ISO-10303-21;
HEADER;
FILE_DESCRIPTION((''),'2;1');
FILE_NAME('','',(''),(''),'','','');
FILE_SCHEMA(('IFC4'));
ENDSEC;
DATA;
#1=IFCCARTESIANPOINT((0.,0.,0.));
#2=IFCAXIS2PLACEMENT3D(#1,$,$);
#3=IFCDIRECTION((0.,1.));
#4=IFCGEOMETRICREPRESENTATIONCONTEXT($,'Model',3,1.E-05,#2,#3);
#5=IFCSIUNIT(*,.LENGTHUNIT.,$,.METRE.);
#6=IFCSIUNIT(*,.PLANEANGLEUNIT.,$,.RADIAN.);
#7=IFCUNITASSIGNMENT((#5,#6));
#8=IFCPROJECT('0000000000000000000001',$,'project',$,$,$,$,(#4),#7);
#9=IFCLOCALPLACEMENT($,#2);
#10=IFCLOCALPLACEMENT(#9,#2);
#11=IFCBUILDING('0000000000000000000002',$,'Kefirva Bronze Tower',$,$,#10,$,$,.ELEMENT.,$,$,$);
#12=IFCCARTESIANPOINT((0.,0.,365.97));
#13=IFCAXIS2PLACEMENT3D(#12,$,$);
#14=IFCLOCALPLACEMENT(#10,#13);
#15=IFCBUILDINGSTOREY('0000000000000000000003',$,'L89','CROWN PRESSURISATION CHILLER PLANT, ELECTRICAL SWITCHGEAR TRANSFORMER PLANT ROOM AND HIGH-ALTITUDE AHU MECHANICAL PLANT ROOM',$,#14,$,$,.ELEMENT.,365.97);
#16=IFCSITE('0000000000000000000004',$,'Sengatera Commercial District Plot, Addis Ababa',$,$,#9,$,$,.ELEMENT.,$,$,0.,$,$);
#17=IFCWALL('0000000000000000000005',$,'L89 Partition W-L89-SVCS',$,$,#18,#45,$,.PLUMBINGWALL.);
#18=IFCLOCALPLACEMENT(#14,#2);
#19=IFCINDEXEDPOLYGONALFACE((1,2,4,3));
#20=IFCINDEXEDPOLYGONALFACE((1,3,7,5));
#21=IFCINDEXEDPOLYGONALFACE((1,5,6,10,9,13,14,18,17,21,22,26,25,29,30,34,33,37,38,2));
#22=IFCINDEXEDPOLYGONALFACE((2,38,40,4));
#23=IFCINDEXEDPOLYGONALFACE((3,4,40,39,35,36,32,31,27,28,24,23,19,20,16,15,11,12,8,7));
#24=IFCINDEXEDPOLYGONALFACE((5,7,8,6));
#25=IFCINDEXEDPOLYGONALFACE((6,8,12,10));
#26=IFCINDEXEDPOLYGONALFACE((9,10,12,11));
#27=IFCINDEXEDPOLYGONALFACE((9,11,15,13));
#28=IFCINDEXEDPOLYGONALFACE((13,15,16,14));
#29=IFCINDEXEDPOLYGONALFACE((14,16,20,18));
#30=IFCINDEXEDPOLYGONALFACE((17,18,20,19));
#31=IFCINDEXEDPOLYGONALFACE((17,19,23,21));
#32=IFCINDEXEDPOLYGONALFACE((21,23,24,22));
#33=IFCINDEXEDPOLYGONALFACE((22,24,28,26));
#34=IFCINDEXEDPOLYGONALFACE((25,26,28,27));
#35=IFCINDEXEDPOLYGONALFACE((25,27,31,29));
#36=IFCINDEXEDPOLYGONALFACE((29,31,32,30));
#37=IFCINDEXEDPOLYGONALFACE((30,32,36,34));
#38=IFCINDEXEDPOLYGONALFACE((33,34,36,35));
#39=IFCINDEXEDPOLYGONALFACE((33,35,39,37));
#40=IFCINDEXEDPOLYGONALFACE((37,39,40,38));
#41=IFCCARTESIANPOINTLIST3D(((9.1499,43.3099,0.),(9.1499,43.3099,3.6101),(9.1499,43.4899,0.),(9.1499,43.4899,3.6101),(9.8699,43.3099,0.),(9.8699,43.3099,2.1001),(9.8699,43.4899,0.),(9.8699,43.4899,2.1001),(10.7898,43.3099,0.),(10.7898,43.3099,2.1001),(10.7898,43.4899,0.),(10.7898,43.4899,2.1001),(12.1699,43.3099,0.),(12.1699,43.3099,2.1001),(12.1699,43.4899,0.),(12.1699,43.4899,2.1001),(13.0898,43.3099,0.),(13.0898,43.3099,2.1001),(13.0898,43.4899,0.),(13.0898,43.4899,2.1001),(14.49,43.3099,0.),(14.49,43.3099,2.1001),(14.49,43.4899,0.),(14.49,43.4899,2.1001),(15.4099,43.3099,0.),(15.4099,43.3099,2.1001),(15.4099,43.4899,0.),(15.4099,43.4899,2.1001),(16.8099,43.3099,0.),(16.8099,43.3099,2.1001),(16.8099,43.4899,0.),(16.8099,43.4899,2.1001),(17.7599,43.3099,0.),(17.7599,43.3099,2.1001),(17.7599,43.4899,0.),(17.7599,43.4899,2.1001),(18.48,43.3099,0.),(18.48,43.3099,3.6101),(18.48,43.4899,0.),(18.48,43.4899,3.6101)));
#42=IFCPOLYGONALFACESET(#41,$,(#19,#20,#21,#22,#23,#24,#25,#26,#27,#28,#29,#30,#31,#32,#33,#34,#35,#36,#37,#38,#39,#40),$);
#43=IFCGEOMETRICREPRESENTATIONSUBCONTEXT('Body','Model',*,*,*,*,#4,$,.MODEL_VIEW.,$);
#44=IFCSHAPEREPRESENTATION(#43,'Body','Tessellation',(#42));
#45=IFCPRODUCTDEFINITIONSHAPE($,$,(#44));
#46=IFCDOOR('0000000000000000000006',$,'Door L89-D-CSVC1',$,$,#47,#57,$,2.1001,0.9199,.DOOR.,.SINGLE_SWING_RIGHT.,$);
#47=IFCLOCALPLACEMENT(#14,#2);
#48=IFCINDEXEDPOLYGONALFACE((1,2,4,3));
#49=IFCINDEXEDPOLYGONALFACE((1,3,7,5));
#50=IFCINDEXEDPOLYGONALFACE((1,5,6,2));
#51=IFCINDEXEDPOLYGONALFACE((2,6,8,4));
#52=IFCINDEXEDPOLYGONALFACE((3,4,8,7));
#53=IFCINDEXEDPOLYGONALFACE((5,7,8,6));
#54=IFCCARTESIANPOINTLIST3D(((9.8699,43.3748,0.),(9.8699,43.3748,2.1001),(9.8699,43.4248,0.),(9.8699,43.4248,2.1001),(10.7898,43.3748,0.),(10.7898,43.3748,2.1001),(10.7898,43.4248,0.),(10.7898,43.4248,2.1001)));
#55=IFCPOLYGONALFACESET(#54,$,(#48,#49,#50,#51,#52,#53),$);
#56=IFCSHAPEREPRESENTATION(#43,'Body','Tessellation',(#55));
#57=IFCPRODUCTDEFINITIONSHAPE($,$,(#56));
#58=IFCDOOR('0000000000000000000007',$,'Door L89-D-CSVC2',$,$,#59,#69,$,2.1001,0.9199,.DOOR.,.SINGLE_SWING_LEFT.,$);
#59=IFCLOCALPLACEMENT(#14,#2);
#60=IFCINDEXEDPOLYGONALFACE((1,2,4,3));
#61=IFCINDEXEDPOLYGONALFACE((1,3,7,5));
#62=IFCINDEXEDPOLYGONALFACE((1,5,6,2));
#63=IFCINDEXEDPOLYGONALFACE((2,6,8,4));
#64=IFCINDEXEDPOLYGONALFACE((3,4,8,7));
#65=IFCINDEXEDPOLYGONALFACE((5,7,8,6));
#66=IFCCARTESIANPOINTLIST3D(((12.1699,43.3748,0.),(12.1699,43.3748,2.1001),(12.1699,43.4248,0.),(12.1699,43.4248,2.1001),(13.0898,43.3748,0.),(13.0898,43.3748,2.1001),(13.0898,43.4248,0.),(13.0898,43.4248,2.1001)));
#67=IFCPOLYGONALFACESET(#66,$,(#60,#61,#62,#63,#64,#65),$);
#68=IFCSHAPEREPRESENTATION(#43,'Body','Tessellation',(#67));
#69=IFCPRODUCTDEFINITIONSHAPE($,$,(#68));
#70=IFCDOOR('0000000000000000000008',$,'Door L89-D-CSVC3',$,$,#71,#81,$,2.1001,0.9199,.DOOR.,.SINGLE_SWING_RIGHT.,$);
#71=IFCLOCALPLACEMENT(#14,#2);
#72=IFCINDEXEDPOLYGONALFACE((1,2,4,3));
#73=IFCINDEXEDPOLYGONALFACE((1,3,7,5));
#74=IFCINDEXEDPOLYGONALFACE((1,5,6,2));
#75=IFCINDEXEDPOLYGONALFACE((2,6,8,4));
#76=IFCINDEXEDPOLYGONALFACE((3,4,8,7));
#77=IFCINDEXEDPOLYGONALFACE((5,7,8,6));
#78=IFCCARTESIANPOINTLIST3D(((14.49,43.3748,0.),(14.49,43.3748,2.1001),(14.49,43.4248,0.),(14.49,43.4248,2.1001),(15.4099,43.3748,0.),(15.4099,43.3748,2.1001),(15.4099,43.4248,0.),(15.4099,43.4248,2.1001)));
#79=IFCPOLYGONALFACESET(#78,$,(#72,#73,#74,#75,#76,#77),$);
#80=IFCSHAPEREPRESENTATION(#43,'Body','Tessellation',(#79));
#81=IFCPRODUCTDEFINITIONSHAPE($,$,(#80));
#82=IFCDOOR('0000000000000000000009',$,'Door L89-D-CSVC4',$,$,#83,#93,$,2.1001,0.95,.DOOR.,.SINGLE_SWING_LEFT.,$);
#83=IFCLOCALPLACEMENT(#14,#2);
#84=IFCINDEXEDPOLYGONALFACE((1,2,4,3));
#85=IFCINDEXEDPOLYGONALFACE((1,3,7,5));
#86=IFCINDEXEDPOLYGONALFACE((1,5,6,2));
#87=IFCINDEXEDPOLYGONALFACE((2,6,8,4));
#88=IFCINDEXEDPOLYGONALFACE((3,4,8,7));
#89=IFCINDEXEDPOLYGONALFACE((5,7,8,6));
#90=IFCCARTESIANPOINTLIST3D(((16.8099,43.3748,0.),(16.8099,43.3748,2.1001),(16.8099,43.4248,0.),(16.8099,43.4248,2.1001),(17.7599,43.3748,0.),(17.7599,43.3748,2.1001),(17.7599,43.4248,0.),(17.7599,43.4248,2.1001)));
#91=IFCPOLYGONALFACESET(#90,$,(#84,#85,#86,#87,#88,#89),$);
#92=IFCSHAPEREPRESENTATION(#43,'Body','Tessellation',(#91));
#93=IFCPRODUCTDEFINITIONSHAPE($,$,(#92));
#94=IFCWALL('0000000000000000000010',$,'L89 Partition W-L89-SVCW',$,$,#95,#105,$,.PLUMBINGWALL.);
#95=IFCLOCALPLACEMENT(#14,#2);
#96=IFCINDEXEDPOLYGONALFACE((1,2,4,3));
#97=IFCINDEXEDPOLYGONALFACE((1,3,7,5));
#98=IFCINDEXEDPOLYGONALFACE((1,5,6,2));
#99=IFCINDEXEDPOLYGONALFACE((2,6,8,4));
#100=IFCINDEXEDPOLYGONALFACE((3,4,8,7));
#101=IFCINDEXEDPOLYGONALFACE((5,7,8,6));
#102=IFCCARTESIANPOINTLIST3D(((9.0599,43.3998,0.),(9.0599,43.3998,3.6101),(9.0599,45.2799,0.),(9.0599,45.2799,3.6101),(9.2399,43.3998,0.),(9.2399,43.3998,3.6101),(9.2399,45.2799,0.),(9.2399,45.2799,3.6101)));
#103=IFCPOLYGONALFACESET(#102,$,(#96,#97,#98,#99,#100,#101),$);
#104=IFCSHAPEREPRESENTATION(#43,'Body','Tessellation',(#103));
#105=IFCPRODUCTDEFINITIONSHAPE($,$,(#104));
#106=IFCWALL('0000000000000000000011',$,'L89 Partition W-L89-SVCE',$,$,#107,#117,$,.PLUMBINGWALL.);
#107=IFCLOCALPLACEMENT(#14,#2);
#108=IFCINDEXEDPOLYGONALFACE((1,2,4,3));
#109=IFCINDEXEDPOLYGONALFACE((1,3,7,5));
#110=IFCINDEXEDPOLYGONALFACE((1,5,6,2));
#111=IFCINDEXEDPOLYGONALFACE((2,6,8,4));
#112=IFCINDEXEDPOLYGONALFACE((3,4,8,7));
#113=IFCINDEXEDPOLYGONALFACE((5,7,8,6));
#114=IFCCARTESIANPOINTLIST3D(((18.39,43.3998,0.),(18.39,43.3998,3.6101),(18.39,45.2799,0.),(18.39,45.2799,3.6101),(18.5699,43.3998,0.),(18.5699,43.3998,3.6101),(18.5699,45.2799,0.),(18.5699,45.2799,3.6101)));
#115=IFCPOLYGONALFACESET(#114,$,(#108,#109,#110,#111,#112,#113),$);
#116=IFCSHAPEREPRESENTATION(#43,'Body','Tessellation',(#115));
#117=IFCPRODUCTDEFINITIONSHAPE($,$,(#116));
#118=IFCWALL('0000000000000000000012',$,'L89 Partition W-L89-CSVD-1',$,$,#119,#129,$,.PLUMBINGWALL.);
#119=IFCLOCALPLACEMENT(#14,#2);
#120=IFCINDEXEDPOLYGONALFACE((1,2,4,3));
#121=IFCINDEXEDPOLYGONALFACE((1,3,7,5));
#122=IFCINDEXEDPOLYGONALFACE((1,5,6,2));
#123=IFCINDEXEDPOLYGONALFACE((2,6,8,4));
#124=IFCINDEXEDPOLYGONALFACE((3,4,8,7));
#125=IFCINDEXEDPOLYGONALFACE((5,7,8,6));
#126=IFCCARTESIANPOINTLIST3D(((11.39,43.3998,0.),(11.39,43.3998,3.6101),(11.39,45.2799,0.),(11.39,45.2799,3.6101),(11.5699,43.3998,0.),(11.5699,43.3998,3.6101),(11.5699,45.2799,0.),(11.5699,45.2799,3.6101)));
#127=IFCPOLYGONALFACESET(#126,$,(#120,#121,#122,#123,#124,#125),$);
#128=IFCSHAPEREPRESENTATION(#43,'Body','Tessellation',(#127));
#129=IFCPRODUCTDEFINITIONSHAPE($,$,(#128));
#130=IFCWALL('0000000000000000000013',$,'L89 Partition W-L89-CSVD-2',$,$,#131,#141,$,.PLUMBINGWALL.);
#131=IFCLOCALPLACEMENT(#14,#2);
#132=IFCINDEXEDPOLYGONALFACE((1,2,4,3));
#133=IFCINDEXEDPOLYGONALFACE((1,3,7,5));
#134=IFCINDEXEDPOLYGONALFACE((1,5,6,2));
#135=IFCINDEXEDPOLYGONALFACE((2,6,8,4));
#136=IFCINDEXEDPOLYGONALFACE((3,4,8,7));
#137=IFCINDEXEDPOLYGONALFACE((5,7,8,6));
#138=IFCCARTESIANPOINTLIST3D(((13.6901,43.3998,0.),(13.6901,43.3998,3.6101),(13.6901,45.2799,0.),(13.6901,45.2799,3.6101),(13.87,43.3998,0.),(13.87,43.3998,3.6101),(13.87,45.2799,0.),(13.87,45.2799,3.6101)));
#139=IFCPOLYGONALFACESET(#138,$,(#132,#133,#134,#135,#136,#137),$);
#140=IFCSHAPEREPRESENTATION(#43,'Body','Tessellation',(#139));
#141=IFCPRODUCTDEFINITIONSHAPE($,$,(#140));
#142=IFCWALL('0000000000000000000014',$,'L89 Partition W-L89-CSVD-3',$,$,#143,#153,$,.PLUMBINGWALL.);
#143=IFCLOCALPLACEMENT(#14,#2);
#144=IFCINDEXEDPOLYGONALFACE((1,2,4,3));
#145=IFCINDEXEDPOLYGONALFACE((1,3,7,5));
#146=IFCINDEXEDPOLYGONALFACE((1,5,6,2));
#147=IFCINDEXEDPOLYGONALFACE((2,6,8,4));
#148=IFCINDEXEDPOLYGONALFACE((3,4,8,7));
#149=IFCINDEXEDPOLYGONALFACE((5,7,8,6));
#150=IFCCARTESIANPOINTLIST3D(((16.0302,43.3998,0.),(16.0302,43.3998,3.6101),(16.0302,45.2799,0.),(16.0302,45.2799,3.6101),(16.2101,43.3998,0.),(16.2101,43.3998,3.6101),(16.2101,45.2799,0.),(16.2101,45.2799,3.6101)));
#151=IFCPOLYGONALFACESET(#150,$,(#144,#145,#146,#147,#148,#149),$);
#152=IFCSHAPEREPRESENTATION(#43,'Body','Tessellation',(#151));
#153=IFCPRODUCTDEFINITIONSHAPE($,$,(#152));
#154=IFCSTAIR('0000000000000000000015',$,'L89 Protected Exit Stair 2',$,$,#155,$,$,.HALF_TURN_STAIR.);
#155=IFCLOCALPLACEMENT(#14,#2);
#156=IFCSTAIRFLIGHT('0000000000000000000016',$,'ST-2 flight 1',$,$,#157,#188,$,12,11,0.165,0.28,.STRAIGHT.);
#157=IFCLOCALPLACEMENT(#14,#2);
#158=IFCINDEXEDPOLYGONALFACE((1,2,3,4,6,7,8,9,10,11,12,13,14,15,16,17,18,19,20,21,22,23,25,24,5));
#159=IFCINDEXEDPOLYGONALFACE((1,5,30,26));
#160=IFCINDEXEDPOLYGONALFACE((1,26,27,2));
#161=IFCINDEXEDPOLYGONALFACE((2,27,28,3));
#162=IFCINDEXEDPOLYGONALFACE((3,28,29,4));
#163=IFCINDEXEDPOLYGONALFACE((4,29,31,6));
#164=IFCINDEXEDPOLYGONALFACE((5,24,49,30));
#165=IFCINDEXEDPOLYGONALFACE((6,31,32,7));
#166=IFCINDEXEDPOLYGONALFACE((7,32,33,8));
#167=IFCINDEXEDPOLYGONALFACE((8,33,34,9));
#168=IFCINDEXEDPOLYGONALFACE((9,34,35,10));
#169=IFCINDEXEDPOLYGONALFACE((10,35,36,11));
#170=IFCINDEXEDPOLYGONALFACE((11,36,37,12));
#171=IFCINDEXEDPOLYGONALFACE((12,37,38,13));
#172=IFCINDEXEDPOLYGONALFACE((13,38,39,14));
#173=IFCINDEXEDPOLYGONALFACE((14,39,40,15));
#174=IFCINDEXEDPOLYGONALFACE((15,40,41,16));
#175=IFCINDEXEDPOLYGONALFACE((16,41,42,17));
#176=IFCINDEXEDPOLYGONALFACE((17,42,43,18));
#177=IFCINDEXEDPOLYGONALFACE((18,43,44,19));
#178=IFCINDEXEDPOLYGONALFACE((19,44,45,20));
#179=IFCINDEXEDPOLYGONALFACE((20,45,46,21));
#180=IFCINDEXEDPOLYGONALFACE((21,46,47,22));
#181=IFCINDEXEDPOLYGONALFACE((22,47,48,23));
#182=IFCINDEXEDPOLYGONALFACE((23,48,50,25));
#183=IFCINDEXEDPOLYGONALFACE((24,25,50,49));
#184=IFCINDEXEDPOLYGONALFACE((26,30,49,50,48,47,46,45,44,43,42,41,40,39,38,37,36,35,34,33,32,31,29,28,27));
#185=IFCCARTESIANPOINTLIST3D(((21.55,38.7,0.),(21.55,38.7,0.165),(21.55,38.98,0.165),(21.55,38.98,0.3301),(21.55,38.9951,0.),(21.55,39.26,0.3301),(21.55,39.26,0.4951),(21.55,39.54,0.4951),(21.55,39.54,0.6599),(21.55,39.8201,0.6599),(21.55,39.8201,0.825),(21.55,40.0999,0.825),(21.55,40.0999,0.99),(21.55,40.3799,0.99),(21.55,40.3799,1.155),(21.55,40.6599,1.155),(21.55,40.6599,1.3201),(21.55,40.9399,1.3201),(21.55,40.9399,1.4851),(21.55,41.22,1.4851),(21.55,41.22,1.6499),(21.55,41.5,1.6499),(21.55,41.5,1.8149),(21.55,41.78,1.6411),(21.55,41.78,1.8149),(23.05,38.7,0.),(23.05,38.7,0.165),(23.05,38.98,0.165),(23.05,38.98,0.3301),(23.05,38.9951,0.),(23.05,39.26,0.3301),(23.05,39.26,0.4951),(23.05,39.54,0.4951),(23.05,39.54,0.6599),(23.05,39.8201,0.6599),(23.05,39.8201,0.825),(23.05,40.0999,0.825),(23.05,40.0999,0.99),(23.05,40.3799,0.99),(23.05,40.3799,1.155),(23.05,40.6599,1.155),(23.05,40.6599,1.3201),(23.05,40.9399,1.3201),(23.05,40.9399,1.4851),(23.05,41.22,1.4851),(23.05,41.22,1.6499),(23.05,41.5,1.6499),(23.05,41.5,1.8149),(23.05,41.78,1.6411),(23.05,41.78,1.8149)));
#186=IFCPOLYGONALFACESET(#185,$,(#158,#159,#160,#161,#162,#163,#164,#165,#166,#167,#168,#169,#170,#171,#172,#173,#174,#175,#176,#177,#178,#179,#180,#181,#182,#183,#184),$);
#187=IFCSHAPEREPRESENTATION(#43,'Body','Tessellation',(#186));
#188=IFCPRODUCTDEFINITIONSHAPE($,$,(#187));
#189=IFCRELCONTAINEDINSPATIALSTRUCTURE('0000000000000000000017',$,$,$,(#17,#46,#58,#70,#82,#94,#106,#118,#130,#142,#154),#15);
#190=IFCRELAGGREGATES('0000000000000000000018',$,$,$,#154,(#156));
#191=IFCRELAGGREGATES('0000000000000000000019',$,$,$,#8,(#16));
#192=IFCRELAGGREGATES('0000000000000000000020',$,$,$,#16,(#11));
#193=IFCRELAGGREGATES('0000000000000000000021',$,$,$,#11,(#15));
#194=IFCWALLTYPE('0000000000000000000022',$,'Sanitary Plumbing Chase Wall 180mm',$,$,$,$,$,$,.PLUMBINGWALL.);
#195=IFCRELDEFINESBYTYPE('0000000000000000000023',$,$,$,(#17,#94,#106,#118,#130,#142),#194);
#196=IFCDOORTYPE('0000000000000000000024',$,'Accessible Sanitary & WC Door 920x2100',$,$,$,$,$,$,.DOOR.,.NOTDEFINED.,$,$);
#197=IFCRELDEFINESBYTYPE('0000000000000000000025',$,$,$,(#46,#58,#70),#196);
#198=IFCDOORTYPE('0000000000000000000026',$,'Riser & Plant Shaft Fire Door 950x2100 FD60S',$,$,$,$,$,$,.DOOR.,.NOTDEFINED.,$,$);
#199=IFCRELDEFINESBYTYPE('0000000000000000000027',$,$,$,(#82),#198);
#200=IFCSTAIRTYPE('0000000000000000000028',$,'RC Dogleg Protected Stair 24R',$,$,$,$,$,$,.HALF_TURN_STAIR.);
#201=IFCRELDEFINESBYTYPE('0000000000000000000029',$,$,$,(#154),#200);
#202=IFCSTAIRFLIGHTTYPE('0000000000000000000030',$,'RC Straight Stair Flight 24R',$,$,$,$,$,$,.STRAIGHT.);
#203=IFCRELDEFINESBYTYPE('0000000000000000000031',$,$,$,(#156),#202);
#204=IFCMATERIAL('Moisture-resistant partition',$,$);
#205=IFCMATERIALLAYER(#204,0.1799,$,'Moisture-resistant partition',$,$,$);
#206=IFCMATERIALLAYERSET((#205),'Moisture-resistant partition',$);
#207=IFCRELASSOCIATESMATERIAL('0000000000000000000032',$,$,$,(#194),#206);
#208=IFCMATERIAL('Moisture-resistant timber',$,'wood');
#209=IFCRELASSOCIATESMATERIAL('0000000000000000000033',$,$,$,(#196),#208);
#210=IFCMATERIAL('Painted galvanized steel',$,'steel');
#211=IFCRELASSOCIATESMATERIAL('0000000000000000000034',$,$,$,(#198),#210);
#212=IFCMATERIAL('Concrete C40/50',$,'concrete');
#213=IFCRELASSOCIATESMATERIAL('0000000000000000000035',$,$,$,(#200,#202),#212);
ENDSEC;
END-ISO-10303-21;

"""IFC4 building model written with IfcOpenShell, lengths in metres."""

from ifc_helpers import new_model, si_unit, direction, frame, frame_2d, origin, place, context, subcontext, project, spatial, polyline, rectangle, outline, extrude, material, layer, layer_set, type_object, element, fill, aggregate, save


model = new_model("IFC4")

# Units and contexts
model_context = context("Model", 3, precision=1e-05, world=origin(), true_north=direction((0.0, 1.0)))
body_context = subcontext(model_context, "Body", "Model", "MODEL_VIEW")
ifc_project = project(units=[si_unit("LENGTHUNIT", "METRE"), si_unit("PLANEANGLEUNIT", "RADIAN")], contexts=[model_context])

# Site, building, storey
site_placement = place(None, origin())
site = spatial("IfcSite", under=ifc_project, at=site_placement, Name="Sengatera Commercial District Plot, Addis Ababa", CompositionType="ELEMENT", RefElevation=0.0)
building_placement = place(site_placement, origin())
building = spatial("IfcBuilding", under=site, at=building_placement, Name="Kefirva Bronze Tower", CompositionType="ELEMENT")
storey_placement = place(building_placement, frame((0.0, 0.0, 365.97)))
storey = spatial("IfcBuildingStorey", under=building, at=storey_placement, Name="L89", Description="CROWN PRESSURISATION CHILLER PLANT, ELECTRICAL SWITCHGEAR TRANSFORMER PLANT ROOM AND HIGH-ALTITUDE AHU MECHANICAL PLANT ROOM", CompositionType="ELEMENT", Elevation=365.97)

# Wall, openings, doors
ifc_material_1 = material(Name="Moisture-resistant partition")
ifc_layer_1 = layer(ifc_material_1, 0.1799, Name="Moisture-resistant partition")
ifc_layer_set_1 = layer_set([ifc_layer_1], Name="Moisture-resistant partition")
wall_type_1 = type_object("IfcWallType", Name="Sanitary Plumbing Chase Wall 180mm", PredefinedType="PLUMBINGWALL", material=ifc_layer_set_1)
wall_1_placement = place(storey_placement, frame((9.1499, 43.3999, 0.0), z_axis=(0.0, 0.0, 1.0), x_axis=(1.0, 0.0, 0.0)))
wall_1 = element("IfcWall", 1, at=wall_1_placement, inside=storey, type_object=wall_type_1, Name="L89 Partition W-L89-SVCS", PredefinedType="PLUMBINGWALL", context=body_context, shape_type="SweptSolid", body=[
    extrude(rectangle(XDim=9.3301, YDim=0.1799, at=frame_2d((4.665, 0.0))), origin(), (0.0, 0.0, 1.0), 3.6101),
])
opening_1_placement = place(wall_1_placement, frame((0.72, 0.0, 0.0)))
opening_1 = element("IfcOpeningElement", 2, at=opening_1_placement, cuts=wall_1, PredefinedType="OPENING", context=body_context, shape_type="SweptSolid", body=[
    extrude(rectangle(XDim=0.9199, YDim=2.1001, at=frame_2d((0.46, 1.05))), frame((0.0, 0.1001, 0.0), z_axis=(0.0, -1.0, 0.0), x_axis=(1.0, 0.0, 0.0)), (0.0, 0.0, 1.0), 0.2),
])
opening_2_placement = place(wall_1_placement, frame((3.02, 0.0, 0.0)))
opening_2 = element("IfcOpeningElement", 3, at=opening_2_placement, cuts=wall_1, PredefinedType="OPENING", context=body_context, shape_type="SweptSolid", body=[
    extrude(rectangle(XDim=0.9199, YDim=2.1001, at=frame_2d((0.46, 1.05))), frame((0.0, 0.1001, 0.0), z_axis=(0.0, -1.0, 0.0), x_axis=(1.0, 0.0, 0.0)), (0.0, 0.0, 1.0), 0.2),
])
opening_3_placement = place(wall_1_placement, frame((5.3401, 0.0, 0.0)))
opening_3 = element("IfcOpeningElement", 4, at=opening_3_placement, cuts=wall_1, PredefinedType="OPENING", context=body_context, shape_type="SweptSolid", body=[
    extrude(rectangle(XDim=0.9199, YDim=2.1001, at=frame_2d((0.46, 1.05))), frame((0.0, 0.1001, 0.0), z_axis=(0.0, -1.0, 0.0), x_axis=(1.0, 0.0, 0.0)), (0.0, 0.0, 1.0), 0.2),
])
opening_4_placement = place(wall_1_placement, frame((7.6599, 0.0, 0.0)))
opening_4 = element("IfcOpeningElement", 5, at=opening_4_placement, cuts=wall_1, PredefinedType="OPENING", context=body_context, shape_type="SweptSolid", body=[
    extrude(rectangle(XDim=0.95, YDim=2.1001, at=frame_2d((0.4751, 1.05))), frame((0.0, 0.1001, 0.0), z_axis=(0.0, -1.0, 0.0), x_axis=(1.0, 0.0, 0.0)), (0.0, 0.0, 1.0), 0.2),
])
ifc_material_2 = material(Name="Moisture-resistant timber", Category="wood")
door_type_1 = type_object("IfcDoorType", Name="Accessible Sanitary & WC Door 920x2100", OperationType="NOTDEFINED", PredefinedType="DOOR", material=ifc_material_2)
door_1_placement = place(opening_1_placement, origin())
door_1 = element("IfcDoor", 6, at=door_1_placement, inside=storey, type_object=door_type_1, Name="Door L89-D-CSVC1", OperationType="SINGLE_SWING_RIGHT", OverallHeight=2.1001, OverallWidth=0.9199, PredefinedType="DOOR", context=body_context, shape_type="SweptSolid", body=[
    extrude(rectangle(XDim=0.9199, YDim=2.1001, at=frame_2d((0.46, 1.05))), frame((0.0, 0.0249, 0.0), z_axis=(0.0, -1.0, 0.0), x_axis=(1.0, 0.0, 0.0)), (0.0, 0.0, 1.0), 0.05),
])
fill(opening_1, door_1)
door_2_placement = place(opening_2_placement, origin())
door_2 = element("IfcDoor", 7, at=door_2_placement, inside=storey, type_object=door_type_1, Name="Door L89-D-CSVC2", OperationType="SINGLE_SWING_LEFT", OverallHeight=2.1001, OverallWidth=0.9199, PredefinedType="DOOR", context=body_context, shape_type="SweptSolid", body=[
    extrude(rectangle(XDim=0.9199, YDim=2.1001, at=frame_2d((0.46, 1.05))), frame((0.0, 0.0249, 0.0), z_axis=(0.0, -1.0, 0.0), x_axis=(1.0, 0.0, 0.0)), (0.0, 0.0, 1.0), 0.05),
])
fill(opening_2, door_2)
door_3_placement = place(opening_3_placement, origin())
door_3 = element("IfcDoor", 8, at=door_3_placement, inside=storey, type_object=door_type_1, Name="Door L89-D-CSVC3", OperationType="SINGLE_SWING_RIGHT", OverallHeight=2.1001, OverallWidth=0.9199, PredefinedType="DOOR", context=body_context, shape_type="SweptSolid", body=[
    extrude(rectangle(XDim=0.9199, YDim=2.1001, at=frame_2d((0.46, 1.05))), frame((0.0, 0.0249, 0.0), z_axis=(0.0, -1.0, 0.0), x_axis=(1.0, 0.0, 0.0)), (0.0, 0.0, 1.0), 0.05),
])
fill(opening_3, door_3)
ifc_material_3 = material(Name="Painted galvanized steel", Category="steel")
door_type_2 = type_object("IfcDoorType", Name="Riser & Plant Shaft Fire Door 950x2100 FD60S", OperationType="NOTDEFINED", PredefinedType="DOOR", material=ifc_material_3)
door_4_placement = place(opening_4_placement, origin())
door_4 = element("IfcDoor", 9, at=door_4_placement, inside=storey, type_object=door_type_2, Name="Door L89-D-CSVC4", OperationType="SINGLE_SWING_LEFT", OverallHeight=2.1001, OverallWidth=0.95, PredefinedType="DOOR", context=body_context, shape_type="SweptSolid", body=[
    extrude(rectangle(XDim=0.95, YDim=2.1001, at=frame_2d((0.4751, 1.05))), frame((0.0, 0.0249, 0.0), z_axis=(0.0, -1.0, 0.0), x_axis=(1.0, 0.0, 0.0)), (0.0, 0.0, 1.0), 0.05),
])
fill(opening_4, door_4)

# Walls
for number, where, z_axis, x_axis, name in (
    (10, (9.1499, 43.3999, 0.0), (0.0, 0.0, 1.0), (0.0, 1.0, 0.0), "L89 Partition W-L89-SVCW"),
    (11, (18.48, 43.3999, 0.0), (0.0, 0.0, 1.0), (0.0, 1.0, 0.0), "L89 Partition W-L89-SVCE"),
    (12, (11.48, 43.3999, 0.0), (0.0, 0.0, 1.0), (0.0, 1.0, 0.0), "L89 Partition W-L89-CSVD-1"),
    (13, (13.78, 43.3999, 0.0), (0.0, 0.0, 1.0), (0.0, 1.0, 0.0), "L89 Partition W-L89-CSVD-2"),
    (14, (16.1201, 43.3999, 0.0), (0.0, 0.0, 1.0), (0.0, 1.0, 0.0), "L89 Partition W-L89-CSVD-3"),
):
    element("IfcWall", number, at=place(storey_placement, frame(where, z_axis=z_axis, x_axis=x_axis)), inside=storey, type_object=wall_type_1, Name=name, PredefinedType="PLUMBINGWALL", context=body_context, shape_type="SweptSolid", body=[
        extrude(rectangle(XDim=1.8801, YDim=0.1799, at=frame_2d((0.9399, 0.0))), origin(), (0.0, 0.0, 1.0), 3.6101),
    ])

# Stair, stair flight
ifc_material_4 = material(Name="Concrete C40/50", Category="concrete")
stair_type = type_object("IfcStairType", Name="RC Dogleg Protected Stair 24R", PredefinedType="HALF_TURN_STAIR", material=ifc_material_4)
stair_placement = place(storey_placement, origin())
stair = element("IfcStair", 15, at=stair_placement, inside=storey, type_object=stair_type, Name="L89 Protected Exit Stair 2", PredefinedType="HALF_TURN_STAIR")
stair_flight_type = type_object("IfcStairFlightType", Name="RC Straight Stair Flight 24R", PredefinedType="STRAIGHT", material=ifc_material_4)
stair_flight_1_placement = place(storey_placement, frame((22.3, 38.7, 0.0), z_axis=(0.0, 0.0, 1.0), x_axis=(0.0, 1.0, 0.0)))
stair_flight_1 = element("IfcStairFlight", 16, at=stair_flight_1_placement, type_object=stair_flight_type, Name="ST-2 flight 1", NumberOfRisers=12, NumberOfTreads=11, PredefinedType="STRAIGHT", RiserHeight=0.165, TreadLength=0.28, context=body_context, shape_type="SweptSolid", body=[
    extrude(outline(polyline([(0.0, 0.0), (0.0, 0.165), (0.28, 0.165), (0.28, 0.3301), (0.5601, 0.3301), (0.5601, 0.4951), (0.8401, 0.4951), (0.8401, 0.6599), (1.1201, 0.6599), (1.1201, 0.825), (1.3999, 0.825), (1.3999, 0.99), (1.6799, 0.99), (1.6799, 1.155), (1.96, 1.155), (1.96, 1.3201), (2.24, 1.3201), (2.24, 1.4851), (2.52, 1.4851), (2.52, 1.6499), (2.8, 1.6499), (2.8, 1.8149), (3.0801, 1.8149), (3.0801, 1.98), (3.0801, 1.6411), (0.2952, 0.0), (0.0, 0.0)])), frame((0.0, 0.75, 0.0), z_axis=(0.0, -1.0, 0.0), x_axis=(1.0, 0.0, 0.0)), (0.0, 0.0, 1.0), 1.5),
])
aggregate(stair, [stair_flight_1])

save(model, "model.ifc")
